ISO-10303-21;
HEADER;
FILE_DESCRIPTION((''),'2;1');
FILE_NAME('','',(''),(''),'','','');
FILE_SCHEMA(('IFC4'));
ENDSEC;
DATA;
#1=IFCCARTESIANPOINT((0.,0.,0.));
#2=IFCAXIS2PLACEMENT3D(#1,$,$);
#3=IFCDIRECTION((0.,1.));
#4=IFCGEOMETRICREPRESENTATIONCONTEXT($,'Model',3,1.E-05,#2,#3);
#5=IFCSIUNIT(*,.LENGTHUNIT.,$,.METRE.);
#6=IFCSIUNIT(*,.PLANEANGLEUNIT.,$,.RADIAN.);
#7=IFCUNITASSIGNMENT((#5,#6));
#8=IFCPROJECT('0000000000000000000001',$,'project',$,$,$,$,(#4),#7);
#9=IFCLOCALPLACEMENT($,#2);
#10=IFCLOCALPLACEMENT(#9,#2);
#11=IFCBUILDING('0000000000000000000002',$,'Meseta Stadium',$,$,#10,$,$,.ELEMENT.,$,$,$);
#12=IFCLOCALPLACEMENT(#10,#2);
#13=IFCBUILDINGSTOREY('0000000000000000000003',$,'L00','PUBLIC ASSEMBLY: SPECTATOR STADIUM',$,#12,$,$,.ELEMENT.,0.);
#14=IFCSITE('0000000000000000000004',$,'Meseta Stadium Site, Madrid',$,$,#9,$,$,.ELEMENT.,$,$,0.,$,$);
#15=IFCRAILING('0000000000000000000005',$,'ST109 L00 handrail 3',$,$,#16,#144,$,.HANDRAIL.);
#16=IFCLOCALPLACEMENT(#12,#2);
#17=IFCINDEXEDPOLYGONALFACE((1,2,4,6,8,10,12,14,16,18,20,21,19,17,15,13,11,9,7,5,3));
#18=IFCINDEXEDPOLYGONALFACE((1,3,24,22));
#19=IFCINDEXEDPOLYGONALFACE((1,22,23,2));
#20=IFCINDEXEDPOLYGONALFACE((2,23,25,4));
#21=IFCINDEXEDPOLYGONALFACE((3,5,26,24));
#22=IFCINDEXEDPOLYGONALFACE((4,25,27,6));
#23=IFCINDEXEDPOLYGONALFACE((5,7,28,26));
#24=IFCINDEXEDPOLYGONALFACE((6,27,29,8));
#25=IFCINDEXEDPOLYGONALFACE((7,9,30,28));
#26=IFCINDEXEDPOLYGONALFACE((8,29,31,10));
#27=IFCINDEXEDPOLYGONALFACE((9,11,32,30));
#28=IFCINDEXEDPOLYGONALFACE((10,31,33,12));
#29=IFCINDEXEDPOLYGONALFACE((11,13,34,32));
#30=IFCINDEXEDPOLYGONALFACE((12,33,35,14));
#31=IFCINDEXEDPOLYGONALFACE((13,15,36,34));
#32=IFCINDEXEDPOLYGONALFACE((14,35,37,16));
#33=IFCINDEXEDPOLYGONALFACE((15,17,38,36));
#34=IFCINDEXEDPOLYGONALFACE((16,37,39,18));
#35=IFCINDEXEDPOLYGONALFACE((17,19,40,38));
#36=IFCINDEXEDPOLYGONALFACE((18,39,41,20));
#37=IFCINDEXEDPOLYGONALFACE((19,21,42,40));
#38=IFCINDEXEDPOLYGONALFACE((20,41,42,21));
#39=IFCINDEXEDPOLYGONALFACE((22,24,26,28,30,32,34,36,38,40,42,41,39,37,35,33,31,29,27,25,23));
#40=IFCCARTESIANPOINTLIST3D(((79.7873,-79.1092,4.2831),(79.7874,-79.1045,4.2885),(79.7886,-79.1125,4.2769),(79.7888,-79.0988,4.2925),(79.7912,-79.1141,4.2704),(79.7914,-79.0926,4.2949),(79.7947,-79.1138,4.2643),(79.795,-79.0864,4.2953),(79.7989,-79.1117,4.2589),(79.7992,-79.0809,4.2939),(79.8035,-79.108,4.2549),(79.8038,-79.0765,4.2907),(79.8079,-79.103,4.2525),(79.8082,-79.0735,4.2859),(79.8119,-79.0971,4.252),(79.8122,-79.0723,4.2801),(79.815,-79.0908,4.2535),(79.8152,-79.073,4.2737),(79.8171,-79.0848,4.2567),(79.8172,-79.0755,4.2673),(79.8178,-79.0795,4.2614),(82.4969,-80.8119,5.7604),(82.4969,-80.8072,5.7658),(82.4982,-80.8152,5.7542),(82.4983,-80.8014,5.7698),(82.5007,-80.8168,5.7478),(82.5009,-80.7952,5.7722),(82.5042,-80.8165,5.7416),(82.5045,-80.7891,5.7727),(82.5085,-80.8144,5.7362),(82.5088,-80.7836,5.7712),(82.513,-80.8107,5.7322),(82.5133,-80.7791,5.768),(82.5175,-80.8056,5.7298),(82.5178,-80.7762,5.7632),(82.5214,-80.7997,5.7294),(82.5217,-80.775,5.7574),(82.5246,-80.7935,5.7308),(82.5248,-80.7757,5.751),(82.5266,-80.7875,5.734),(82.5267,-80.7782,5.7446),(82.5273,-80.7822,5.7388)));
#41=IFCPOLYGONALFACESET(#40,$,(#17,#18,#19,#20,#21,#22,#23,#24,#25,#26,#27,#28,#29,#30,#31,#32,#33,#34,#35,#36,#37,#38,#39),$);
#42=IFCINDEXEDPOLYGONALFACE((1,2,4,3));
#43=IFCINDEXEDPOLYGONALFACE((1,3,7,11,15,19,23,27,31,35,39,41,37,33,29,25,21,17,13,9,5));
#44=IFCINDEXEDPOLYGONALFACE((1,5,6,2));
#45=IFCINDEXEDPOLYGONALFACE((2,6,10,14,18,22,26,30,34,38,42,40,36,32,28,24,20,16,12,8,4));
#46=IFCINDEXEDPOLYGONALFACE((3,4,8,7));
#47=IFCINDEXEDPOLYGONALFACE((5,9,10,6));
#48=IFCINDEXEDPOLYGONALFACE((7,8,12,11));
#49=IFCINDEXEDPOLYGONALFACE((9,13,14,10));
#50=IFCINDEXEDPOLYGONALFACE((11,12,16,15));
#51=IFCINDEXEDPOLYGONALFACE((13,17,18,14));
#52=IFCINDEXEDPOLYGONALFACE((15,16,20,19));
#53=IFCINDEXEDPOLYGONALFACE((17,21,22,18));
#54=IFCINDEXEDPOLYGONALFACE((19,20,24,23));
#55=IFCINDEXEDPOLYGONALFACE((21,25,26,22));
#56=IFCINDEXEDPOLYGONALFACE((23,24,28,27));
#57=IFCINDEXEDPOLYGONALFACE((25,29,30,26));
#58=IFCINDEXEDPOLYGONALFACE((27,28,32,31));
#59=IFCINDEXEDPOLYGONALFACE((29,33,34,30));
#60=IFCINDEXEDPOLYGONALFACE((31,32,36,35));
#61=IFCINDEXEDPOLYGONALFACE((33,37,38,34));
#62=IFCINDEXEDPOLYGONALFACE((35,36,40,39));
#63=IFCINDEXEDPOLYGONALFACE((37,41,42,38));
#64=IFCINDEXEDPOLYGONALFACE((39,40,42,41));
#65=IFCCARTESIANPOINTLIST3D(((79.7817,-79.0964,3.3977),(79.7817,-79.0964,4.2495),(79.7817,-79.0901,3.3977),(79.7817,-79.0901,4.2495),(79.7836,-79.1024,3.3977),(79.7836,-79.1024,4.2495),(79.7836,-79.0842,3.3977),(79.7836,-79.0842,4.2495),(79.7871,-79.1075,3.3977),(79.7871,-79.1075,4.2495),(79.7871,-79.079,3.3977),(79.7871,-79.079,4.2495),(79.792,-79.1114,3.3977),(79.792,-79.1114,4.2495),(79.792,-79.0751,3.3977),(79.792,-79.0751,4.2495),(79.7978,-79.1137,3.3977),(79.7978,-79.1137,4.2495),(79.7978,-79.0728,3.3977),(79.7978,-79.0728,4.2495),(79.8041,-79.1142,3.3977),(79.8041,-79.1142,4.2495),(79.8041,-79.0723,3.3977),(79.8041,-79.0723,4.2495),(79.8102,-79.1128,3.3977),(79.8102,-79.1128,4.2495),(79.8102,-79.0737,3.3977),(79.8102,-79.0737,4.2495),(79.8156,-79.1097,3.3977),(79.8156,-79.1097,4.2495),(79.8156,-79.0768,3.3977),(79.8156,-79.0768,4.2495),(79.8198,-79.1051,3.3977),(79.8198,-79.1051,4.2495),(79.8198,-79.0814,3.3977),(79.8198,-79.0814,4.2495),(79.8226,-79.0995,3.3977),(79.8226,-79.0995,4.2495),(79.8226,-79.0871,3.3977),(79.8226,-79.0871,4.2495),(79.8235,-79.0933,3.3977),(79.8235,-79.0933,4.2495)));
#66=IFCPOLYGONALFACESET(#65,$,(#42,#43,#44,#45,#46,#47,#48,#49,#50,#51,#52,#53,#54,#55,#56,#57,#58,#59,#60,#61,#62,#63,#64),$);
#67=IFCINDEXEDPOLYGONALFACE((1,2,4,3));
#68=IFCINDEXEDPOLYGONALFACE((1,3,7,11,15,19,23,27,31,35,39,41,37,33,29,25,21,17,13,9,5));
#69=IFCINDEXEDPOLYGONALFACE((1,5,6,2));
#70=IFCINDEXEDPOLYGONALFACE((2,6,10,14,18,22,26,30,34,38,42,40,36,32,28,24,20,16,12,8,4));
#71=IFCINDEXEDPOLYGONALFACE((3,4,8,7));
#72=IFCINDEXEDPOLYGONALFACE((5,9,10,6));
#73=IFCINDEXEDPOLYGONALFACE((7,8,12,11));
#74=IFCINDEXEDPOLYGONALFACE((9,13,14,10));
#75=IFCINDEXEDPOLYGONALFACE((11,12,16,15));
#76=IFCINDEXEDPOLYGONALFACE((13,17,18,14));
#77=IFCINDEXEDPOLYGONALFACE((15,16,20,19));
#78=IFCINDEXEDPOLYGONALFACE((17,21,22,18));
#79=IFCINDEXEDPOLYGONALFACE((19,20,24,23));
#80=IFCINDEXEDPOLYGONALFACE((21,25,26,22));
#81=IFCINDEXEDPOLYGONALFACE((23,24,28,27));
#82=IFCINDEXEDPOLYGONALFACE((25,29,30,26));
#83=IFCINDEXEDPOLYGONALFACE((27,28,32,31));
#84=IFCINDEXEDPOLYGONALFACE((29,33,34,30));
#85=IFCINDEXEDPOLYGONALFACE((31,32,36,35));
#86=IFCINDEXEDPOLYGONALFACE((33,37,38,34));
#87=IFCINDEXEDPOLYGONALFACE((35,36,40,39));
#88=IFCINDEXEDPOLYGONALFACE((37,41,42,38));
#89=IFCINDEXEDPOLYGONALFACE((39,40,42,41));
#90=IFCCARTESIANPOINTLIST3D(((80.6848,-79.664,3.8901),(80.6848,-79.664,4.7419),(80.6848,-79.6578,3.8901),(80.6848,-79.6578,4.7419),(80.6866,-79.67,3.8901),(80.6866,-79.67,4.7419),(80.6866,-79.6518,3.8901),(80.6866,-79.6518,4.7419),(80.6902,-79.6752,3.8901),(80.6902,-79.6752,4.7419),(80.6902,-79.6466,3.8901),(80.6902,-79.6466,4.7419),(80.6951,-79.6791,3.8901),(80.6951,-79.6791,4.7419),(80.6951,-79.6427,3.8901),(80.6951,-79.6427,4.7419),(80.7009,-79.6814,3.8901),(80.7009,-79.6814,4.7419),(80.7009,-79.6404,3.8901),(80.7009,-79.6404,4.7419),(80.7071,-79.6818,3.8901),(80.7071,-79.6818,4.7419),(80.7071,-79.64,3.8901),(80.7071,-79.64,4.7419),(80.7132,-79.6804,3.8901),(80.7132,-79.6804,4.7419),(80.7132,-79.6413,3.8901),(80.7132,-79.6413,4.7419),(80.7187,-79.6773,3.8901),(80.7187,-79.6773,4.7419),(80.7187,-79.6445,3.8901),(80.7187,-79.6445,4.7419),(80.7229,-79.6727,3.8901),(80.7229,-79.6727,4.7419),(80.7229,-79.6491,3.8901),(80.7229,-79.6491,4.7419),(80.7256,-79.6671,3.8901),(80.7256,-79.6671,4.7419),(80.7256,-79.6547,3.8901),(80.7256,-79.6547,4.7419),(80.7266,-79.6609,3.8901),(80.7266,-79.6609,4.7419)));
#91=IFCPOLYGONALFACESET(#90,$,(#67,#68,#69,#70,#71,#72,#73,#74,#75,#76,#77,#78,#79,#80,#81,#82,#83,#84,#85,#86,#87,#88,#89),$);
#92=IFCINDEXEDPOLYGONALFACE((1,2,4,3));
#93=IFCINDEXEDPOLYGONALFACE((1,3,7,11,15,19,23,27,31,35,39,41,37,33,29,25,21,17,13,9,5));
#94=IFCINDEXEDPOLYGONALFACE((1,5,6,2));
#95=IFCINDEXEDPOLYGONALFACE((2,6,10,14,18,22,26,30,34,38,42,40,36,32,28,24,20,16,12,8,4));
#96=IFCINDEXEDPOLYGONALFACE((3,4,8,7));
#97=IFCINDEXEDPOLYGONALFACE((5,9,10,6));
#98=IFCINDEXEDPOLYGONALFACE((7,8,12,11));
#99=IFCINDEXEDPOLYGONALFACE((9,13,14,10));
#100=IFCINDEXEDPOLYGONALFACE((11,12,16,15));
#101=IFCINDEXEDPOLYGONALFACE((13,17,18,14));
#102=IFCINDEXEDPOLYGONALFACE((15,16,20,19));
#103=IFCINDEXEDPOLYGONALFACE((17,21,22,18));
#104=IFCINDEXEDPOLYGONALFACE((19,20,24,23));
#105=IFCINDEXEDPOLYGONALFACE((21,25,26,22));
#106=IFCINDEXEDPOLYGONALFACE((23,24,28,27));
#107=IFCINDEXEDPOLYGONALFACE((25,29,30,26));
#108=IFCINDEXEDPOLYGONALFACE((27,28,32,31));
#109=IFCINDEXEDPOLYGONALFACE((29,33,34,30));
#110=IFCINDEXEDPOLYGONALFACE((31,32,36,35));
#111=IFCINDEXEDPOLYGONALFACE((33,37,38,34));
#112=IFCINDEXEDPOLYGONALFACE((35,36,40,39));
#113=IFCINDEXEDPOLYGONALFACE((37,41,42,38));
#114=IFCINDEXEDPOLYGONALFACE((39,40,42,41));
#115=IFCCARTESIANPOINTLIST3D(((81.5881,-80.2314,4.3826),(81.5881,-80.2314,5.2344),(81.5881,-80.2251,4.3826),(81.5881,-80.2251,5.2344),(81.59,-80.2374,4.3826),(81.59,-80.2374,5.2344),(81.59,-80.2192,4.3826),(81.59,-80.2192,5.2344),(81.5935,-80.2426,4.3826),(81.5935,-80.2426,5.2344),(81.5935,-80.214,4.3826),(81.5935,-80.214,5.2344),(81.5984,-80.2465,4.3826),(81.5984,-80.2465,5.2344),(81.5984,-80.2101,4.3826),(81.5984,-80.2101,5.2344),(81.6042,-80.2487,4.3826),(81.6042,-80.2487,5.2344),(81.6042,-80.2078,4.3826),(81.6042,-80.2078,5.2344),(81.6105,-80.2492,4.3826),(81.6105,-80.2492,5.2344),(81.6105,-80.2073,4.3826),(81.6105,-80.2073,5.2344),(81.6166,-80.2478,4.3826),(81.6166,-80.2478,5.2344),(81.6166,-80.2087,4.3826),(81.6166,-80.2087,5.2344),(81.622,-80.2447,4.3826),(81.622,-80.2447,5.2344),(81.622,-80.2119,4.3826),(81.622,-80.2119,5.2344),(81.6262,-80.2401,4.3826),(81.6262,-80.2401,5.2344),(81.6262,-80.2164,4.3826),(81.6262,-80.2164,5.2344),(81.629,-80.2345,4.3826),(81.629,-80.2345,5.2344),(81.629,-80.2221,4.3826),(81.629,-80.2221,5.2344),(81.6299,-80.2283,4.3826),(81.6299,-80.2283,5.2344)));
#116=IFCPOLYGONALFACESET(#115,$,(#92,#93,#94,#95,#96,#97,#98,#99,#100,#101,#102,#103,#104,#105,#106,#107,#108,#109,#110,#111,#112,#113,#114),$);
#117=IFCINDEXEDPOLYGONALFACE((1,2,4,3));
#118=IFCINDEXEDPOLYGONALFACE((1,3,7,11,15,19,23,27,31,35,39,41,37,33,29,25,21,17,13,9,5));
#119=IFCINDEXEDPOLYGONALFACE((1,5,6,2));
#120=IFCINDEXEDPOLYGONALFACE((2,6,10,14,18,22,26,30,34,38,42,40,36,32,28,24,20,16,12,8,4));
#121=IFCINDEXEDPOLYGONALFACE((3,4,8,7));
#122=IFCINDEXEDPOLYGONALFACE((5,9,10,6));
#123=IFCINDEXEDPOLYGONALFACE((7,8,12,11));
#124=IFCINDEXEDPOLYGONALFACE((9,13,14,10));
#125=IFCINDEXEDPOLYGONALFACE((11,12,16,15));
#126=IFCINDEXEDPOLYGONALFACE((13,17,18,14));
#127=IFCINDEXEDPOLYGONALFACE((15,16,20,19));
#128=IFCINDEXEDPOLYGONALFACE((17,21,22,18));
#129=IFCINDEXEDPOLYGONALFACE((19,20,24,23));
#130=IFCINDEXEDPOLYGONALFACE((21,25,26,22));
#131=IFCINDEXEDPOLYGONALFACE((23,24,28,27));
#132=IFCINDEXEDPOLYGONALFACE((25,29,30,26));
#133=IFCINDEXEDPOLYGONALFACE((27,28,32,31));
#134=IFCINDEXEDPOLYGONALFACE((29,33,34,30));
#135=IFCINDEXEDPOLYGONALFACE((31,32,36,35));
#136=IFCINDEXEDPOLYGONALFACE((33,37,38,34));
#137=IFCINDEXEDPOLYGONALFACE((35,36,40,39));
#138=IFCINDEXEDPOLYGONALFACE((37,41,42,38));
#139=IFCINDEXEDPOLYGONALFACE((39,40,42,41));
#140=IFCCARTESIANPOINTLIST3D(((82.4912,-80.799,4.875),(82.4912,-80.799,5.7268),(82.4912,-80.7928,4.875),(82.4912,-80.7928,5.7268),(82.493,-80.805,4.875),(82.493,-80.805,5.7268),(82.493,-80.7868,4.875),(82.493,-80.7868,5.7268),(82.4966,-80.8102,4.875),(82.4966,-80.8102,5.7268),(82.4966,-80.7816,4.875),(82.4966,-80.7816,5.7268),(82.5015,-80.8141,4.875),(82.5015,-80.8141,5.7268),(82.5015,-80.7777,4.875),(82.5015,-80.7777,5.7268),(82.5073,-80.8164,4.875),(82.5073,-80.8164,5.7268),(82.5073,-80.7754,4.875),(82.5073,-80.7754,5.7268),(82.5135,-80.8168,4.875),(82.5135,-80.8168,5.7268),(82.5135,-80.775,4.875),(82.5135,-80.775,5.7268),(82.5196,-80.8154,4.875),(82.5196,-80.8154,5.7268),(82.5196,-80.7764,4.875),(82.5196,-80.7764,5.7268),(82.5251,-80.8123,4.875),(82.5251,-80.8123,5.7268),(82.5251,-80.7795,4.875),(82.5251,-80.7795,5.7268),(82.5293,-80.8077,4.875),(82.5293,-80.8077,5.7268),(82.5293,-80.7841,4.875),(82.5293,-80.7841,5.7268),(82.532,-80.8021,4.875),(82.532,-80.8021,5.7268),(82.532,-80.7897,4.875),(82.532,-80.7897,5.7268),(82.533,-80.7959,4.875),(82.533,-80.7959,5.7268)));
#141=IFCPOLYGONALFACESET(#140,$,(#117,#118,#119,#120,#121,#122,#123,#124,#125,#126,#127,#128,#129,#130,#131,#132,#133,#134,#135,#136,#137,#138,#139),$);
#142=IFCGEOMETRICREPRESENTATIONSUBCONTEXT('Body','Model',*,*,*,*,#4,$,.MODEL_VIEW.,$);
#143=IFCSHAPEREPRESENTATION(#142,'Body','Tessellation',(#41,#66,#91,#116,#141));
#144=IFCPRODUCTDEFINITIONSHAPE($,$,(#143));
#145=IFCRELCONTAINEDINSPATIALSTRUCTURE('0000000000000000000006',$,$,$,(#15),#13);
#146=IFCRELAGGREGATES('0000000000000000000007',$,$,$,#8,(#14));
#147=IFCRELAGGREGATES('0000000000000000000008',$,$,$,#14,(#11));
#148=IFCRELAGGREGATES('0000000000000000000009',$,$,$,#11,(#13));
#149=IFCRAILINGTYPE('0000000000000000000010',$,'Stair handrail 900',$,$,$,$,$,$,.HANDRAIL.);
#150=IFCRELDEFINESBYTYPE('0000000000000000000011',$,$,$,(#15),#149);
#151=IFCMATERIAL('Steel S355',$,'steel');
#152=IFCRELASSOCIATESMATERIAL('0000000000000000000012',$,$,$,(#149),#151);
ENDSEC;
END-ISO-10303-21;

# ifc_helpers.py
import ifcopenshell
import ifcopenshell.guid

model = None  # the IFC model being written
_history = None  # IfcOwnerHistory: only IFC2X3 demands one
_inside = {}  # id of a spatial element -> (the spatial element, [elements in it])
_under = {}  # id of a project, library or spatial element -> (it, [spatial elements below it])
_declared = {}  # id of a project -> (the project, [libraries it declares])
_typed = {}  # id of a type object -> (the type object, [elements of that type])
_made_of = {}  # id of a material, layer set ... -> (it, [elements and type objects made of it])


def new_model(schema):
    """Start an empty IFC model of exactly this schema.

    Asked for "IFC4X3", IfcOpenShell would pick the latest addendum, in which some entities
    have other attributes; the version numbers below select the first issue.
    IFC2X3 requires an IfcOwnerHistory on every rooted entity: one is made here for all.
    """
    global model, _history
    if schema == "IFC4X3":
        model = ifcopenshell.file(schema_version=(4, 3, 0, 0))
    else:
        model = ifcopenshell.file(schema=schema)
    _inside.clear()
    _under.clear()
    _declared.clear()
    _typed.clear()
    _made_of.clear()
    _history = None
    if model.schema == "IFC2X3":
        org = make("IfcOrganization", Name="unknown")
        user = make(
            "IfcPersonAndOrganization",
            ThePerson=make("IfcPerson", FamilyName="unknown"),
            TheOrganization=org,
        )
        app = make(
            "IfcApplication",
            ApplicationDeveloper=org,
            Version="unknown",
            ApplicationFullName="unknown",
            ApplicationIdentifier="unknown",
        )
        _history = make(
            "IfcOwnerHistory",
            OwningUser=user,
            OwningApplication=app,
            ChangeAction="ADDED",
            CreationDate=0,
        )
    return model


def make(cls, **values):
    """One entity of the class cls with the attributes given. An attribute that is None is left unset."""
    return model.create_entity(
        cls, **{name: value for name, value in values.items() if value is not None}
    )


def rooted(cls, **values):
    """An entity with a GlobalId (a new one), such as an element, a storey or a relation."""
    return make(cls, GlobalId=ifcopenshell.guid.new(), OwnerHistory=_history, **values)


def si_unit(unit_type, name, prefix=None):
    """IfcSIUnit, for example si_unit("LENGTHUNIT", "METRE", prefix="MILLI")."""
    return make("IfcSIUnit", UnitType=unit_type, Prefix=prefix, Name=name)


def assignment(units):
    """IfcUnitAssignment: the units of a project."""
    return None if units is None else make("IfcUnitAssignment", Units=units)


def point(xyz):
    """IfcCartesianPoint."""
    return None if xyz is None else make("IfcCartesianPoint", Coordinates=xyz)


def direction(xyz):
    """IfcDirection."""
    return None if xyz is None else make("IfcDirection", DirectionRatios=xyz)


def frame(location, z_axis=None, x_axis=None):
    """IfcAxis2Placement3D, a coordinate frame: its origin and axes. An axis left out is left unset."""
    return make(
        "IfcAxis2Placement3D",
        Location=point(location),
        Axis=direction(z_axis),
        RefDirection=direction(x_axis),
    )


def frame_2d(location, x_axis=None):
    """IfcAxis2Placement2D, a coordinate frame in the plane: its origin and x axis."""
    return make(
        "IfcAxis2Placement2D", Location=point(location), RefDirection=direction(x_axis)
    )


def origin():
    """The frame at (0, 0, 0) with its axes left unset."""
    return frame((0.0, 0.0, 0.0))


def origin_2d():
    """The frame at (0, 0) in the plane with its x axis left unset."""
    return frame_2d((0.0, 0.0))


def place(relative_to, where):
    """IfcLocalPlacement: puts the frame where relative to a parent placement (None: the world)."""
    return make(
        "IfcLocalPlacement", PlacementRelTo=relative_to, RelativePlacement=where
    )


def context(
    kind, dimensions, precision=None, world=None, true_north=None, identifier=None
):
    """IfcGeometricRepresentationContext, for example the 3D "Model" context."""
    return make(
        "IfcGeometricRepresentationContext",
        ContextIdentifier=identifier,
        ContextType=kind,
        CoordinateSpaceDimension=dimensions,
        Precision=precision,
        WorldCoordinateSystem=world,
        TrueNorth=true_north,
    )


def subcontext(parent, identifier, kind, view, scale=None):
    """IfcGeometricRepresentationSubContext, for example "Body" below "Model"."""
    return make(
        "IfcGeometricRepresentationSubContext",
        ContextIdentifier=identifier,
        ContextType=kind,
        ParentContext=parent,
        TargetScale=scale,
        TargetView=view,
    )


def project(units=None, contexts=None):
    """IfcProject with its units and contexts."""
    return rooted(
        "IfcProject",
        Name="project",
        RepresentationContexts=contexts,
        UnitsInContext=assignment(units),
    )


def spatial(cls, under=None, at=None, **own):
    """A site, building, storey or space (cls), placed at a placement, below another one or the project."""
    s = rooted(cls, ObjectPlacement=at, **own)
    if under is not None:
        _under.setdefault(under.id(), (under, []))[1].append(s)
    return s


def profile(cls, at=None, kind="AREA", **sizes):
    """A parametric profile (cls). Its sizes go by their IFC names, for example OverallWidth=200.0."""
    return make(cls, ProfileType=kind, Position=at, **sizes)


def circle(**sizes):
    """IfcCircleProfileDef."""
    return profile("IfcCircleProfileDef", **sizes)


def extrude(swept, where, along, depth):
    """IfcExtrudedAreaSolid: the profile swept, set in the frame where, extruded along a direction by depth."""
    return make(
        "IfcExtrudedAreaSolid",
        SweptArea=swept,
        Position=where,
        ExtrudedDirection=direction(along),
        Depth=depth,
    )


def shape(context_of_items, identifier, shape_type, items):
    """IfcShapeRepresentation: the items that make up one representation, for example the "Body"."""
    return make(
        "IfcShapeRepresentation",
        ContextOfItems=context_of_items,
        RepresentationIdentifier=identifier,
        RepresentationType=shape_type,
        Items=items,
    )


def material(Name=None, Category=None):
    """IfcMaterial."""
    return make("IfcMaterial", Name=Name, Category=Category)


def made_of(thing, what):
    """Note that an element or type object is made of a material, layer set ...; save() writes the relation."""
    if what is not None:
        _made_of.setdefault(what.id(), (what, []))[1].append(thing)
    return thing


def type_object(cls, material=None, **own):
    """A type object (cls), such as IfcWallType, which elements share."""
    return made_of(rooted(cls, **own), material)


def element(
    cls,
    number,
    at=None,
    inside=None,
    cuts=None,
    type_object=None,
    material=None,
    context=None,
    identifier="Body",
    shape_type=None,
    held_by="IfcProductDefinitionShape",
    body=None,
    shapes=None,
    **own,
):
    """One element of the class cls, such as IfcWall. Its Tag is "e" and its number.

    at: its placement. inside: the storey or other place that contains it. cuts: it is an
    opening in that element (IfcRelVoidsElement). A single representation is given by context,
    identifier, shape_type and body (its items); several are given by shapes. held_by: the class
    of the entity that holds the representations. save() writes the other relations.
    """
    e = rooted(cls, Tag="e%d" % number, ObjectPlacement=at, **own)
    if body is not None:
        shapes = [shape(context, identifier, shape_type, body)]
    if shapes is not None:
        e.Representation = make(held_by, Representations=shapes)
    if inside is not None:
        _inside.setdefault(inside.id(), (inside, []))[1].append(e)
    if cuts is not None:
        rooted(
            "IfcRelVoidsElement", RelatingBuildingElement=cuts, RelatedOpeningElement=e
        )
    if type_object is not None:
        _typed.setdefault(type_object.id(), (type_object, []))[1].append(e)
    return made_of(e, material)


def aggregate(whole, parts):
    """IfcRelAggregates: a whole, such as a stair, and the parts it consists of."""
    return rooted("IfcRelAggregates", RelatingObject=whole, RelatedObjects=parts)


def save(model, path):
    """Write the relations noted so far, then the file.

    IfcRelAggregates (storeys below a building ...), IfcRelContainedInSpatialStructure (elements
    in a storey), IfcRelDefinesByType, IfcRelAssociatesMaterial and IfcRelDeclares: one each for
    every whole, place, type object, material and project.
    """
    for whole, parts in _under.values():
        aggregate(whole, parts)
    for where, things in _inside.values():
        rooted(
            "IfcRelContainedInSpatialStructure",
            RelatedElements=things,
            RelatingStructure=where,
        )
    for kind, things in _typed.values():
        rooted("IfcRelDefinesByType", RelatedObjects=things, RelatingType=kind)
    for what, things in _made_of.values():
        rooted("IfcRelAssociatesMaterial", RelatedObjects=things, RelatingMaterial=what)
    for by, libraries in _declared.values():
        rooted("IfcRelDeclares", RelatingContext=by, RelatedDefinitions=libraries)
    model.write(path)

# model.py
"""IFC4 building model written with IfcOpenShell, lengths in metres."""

from ifc_helpers import new_model, si_unit, direction, frame, origin, origin_2d, place, context, subcontext, project, spatial, circle, extrude, material, type_object, element, save


model = new_model("IFC4")

# Units and contexts
model_context = context("Model", 3, precision=1e-05, world=origin(), true_north=direction((0.0, 1.0)))
body_context = subcontext(model_context, "Body", "Model", "MODEL_VIEW")
ifc_project = project(units=[si_unit("LENGTHUNIT", "METRE"), si_unit("PLANEANGLEUNIT", "RADIAN")], contexts=[model_context])

# Site, building, storey
site_placement = place(None, origin())
site = spatial("IfcSite", under=ifc_project, at=site_placement, Name="Meseta Stadium Site, Madrid", CompositionType="ELEMENT", RefElevation=0.0)
building_placement = place(site_placement, origin())
building = spatial("IfcBuilding", under=site, at=building_placement, Name="Meseta Stadium", CompositionType="ELEMENT")
storey_placement = place(building_placement, origin())
storey = spatial("IfcBuildingStorey", under=building, at=storey_placement, Name="L00", Description="PUBLIC ASSEMBLY: SPECTATOR STADIUM", CompositionType="ELEMENT", Elevation=0.0)

# Railing
ifc_material_1 = material(Name="Steel S355", Category="steel")
railing_type_1 = type_object("IfcRailingType", Name="Stair handrail 900", PredefinedType="HANDRAIL", material=ifc_material_1)
railing_1_placement = place(storey_placement, frame((79.8025, -79.0933, 3.3977)))
element("IfcRailing", 1, at=railing_1_placement, inside=storey, type_object=railing_type_1, Name="ST109 L00 handrail 3", PredefinedType="HANDRAIL", context=body_context, shape_type="SweptSolid", body=[
    extrude(circle(Radius=0.0239, at=origin_2d()), frame((0.0, 0.0, 0.876), z_axis=(0.768738, -0.483076, 0.419142), x_axis=(0.532068, 0.846701, 0.0)), (0.0, 0.0, 1.0), 3.5247),
    extrude(circle(Radius=0.021, at=origin_2d()), origin(), (0.0, 0.0, 1.0), 0.8518),
    extrude(circle(Radius=0.021, at=origin_2d()), frame((0.9031, -0.5676, 0.4924)), (0.0, 0.0, 1.0), 0.8518),
    extrude(circle(Radius=0.021, at=origin_2d()), frame((1.8064, -1.135, 0.9849)), (0.0, 0.0, 1.0), 0.8518),
    extrude(circle(Radius=0.021, at=origin_2d()), frame((2.7095, -1.7026, 1.4773)), (0.0, 0.0, 1.0), 0.8518),
])

save(model, "model.ifc")
